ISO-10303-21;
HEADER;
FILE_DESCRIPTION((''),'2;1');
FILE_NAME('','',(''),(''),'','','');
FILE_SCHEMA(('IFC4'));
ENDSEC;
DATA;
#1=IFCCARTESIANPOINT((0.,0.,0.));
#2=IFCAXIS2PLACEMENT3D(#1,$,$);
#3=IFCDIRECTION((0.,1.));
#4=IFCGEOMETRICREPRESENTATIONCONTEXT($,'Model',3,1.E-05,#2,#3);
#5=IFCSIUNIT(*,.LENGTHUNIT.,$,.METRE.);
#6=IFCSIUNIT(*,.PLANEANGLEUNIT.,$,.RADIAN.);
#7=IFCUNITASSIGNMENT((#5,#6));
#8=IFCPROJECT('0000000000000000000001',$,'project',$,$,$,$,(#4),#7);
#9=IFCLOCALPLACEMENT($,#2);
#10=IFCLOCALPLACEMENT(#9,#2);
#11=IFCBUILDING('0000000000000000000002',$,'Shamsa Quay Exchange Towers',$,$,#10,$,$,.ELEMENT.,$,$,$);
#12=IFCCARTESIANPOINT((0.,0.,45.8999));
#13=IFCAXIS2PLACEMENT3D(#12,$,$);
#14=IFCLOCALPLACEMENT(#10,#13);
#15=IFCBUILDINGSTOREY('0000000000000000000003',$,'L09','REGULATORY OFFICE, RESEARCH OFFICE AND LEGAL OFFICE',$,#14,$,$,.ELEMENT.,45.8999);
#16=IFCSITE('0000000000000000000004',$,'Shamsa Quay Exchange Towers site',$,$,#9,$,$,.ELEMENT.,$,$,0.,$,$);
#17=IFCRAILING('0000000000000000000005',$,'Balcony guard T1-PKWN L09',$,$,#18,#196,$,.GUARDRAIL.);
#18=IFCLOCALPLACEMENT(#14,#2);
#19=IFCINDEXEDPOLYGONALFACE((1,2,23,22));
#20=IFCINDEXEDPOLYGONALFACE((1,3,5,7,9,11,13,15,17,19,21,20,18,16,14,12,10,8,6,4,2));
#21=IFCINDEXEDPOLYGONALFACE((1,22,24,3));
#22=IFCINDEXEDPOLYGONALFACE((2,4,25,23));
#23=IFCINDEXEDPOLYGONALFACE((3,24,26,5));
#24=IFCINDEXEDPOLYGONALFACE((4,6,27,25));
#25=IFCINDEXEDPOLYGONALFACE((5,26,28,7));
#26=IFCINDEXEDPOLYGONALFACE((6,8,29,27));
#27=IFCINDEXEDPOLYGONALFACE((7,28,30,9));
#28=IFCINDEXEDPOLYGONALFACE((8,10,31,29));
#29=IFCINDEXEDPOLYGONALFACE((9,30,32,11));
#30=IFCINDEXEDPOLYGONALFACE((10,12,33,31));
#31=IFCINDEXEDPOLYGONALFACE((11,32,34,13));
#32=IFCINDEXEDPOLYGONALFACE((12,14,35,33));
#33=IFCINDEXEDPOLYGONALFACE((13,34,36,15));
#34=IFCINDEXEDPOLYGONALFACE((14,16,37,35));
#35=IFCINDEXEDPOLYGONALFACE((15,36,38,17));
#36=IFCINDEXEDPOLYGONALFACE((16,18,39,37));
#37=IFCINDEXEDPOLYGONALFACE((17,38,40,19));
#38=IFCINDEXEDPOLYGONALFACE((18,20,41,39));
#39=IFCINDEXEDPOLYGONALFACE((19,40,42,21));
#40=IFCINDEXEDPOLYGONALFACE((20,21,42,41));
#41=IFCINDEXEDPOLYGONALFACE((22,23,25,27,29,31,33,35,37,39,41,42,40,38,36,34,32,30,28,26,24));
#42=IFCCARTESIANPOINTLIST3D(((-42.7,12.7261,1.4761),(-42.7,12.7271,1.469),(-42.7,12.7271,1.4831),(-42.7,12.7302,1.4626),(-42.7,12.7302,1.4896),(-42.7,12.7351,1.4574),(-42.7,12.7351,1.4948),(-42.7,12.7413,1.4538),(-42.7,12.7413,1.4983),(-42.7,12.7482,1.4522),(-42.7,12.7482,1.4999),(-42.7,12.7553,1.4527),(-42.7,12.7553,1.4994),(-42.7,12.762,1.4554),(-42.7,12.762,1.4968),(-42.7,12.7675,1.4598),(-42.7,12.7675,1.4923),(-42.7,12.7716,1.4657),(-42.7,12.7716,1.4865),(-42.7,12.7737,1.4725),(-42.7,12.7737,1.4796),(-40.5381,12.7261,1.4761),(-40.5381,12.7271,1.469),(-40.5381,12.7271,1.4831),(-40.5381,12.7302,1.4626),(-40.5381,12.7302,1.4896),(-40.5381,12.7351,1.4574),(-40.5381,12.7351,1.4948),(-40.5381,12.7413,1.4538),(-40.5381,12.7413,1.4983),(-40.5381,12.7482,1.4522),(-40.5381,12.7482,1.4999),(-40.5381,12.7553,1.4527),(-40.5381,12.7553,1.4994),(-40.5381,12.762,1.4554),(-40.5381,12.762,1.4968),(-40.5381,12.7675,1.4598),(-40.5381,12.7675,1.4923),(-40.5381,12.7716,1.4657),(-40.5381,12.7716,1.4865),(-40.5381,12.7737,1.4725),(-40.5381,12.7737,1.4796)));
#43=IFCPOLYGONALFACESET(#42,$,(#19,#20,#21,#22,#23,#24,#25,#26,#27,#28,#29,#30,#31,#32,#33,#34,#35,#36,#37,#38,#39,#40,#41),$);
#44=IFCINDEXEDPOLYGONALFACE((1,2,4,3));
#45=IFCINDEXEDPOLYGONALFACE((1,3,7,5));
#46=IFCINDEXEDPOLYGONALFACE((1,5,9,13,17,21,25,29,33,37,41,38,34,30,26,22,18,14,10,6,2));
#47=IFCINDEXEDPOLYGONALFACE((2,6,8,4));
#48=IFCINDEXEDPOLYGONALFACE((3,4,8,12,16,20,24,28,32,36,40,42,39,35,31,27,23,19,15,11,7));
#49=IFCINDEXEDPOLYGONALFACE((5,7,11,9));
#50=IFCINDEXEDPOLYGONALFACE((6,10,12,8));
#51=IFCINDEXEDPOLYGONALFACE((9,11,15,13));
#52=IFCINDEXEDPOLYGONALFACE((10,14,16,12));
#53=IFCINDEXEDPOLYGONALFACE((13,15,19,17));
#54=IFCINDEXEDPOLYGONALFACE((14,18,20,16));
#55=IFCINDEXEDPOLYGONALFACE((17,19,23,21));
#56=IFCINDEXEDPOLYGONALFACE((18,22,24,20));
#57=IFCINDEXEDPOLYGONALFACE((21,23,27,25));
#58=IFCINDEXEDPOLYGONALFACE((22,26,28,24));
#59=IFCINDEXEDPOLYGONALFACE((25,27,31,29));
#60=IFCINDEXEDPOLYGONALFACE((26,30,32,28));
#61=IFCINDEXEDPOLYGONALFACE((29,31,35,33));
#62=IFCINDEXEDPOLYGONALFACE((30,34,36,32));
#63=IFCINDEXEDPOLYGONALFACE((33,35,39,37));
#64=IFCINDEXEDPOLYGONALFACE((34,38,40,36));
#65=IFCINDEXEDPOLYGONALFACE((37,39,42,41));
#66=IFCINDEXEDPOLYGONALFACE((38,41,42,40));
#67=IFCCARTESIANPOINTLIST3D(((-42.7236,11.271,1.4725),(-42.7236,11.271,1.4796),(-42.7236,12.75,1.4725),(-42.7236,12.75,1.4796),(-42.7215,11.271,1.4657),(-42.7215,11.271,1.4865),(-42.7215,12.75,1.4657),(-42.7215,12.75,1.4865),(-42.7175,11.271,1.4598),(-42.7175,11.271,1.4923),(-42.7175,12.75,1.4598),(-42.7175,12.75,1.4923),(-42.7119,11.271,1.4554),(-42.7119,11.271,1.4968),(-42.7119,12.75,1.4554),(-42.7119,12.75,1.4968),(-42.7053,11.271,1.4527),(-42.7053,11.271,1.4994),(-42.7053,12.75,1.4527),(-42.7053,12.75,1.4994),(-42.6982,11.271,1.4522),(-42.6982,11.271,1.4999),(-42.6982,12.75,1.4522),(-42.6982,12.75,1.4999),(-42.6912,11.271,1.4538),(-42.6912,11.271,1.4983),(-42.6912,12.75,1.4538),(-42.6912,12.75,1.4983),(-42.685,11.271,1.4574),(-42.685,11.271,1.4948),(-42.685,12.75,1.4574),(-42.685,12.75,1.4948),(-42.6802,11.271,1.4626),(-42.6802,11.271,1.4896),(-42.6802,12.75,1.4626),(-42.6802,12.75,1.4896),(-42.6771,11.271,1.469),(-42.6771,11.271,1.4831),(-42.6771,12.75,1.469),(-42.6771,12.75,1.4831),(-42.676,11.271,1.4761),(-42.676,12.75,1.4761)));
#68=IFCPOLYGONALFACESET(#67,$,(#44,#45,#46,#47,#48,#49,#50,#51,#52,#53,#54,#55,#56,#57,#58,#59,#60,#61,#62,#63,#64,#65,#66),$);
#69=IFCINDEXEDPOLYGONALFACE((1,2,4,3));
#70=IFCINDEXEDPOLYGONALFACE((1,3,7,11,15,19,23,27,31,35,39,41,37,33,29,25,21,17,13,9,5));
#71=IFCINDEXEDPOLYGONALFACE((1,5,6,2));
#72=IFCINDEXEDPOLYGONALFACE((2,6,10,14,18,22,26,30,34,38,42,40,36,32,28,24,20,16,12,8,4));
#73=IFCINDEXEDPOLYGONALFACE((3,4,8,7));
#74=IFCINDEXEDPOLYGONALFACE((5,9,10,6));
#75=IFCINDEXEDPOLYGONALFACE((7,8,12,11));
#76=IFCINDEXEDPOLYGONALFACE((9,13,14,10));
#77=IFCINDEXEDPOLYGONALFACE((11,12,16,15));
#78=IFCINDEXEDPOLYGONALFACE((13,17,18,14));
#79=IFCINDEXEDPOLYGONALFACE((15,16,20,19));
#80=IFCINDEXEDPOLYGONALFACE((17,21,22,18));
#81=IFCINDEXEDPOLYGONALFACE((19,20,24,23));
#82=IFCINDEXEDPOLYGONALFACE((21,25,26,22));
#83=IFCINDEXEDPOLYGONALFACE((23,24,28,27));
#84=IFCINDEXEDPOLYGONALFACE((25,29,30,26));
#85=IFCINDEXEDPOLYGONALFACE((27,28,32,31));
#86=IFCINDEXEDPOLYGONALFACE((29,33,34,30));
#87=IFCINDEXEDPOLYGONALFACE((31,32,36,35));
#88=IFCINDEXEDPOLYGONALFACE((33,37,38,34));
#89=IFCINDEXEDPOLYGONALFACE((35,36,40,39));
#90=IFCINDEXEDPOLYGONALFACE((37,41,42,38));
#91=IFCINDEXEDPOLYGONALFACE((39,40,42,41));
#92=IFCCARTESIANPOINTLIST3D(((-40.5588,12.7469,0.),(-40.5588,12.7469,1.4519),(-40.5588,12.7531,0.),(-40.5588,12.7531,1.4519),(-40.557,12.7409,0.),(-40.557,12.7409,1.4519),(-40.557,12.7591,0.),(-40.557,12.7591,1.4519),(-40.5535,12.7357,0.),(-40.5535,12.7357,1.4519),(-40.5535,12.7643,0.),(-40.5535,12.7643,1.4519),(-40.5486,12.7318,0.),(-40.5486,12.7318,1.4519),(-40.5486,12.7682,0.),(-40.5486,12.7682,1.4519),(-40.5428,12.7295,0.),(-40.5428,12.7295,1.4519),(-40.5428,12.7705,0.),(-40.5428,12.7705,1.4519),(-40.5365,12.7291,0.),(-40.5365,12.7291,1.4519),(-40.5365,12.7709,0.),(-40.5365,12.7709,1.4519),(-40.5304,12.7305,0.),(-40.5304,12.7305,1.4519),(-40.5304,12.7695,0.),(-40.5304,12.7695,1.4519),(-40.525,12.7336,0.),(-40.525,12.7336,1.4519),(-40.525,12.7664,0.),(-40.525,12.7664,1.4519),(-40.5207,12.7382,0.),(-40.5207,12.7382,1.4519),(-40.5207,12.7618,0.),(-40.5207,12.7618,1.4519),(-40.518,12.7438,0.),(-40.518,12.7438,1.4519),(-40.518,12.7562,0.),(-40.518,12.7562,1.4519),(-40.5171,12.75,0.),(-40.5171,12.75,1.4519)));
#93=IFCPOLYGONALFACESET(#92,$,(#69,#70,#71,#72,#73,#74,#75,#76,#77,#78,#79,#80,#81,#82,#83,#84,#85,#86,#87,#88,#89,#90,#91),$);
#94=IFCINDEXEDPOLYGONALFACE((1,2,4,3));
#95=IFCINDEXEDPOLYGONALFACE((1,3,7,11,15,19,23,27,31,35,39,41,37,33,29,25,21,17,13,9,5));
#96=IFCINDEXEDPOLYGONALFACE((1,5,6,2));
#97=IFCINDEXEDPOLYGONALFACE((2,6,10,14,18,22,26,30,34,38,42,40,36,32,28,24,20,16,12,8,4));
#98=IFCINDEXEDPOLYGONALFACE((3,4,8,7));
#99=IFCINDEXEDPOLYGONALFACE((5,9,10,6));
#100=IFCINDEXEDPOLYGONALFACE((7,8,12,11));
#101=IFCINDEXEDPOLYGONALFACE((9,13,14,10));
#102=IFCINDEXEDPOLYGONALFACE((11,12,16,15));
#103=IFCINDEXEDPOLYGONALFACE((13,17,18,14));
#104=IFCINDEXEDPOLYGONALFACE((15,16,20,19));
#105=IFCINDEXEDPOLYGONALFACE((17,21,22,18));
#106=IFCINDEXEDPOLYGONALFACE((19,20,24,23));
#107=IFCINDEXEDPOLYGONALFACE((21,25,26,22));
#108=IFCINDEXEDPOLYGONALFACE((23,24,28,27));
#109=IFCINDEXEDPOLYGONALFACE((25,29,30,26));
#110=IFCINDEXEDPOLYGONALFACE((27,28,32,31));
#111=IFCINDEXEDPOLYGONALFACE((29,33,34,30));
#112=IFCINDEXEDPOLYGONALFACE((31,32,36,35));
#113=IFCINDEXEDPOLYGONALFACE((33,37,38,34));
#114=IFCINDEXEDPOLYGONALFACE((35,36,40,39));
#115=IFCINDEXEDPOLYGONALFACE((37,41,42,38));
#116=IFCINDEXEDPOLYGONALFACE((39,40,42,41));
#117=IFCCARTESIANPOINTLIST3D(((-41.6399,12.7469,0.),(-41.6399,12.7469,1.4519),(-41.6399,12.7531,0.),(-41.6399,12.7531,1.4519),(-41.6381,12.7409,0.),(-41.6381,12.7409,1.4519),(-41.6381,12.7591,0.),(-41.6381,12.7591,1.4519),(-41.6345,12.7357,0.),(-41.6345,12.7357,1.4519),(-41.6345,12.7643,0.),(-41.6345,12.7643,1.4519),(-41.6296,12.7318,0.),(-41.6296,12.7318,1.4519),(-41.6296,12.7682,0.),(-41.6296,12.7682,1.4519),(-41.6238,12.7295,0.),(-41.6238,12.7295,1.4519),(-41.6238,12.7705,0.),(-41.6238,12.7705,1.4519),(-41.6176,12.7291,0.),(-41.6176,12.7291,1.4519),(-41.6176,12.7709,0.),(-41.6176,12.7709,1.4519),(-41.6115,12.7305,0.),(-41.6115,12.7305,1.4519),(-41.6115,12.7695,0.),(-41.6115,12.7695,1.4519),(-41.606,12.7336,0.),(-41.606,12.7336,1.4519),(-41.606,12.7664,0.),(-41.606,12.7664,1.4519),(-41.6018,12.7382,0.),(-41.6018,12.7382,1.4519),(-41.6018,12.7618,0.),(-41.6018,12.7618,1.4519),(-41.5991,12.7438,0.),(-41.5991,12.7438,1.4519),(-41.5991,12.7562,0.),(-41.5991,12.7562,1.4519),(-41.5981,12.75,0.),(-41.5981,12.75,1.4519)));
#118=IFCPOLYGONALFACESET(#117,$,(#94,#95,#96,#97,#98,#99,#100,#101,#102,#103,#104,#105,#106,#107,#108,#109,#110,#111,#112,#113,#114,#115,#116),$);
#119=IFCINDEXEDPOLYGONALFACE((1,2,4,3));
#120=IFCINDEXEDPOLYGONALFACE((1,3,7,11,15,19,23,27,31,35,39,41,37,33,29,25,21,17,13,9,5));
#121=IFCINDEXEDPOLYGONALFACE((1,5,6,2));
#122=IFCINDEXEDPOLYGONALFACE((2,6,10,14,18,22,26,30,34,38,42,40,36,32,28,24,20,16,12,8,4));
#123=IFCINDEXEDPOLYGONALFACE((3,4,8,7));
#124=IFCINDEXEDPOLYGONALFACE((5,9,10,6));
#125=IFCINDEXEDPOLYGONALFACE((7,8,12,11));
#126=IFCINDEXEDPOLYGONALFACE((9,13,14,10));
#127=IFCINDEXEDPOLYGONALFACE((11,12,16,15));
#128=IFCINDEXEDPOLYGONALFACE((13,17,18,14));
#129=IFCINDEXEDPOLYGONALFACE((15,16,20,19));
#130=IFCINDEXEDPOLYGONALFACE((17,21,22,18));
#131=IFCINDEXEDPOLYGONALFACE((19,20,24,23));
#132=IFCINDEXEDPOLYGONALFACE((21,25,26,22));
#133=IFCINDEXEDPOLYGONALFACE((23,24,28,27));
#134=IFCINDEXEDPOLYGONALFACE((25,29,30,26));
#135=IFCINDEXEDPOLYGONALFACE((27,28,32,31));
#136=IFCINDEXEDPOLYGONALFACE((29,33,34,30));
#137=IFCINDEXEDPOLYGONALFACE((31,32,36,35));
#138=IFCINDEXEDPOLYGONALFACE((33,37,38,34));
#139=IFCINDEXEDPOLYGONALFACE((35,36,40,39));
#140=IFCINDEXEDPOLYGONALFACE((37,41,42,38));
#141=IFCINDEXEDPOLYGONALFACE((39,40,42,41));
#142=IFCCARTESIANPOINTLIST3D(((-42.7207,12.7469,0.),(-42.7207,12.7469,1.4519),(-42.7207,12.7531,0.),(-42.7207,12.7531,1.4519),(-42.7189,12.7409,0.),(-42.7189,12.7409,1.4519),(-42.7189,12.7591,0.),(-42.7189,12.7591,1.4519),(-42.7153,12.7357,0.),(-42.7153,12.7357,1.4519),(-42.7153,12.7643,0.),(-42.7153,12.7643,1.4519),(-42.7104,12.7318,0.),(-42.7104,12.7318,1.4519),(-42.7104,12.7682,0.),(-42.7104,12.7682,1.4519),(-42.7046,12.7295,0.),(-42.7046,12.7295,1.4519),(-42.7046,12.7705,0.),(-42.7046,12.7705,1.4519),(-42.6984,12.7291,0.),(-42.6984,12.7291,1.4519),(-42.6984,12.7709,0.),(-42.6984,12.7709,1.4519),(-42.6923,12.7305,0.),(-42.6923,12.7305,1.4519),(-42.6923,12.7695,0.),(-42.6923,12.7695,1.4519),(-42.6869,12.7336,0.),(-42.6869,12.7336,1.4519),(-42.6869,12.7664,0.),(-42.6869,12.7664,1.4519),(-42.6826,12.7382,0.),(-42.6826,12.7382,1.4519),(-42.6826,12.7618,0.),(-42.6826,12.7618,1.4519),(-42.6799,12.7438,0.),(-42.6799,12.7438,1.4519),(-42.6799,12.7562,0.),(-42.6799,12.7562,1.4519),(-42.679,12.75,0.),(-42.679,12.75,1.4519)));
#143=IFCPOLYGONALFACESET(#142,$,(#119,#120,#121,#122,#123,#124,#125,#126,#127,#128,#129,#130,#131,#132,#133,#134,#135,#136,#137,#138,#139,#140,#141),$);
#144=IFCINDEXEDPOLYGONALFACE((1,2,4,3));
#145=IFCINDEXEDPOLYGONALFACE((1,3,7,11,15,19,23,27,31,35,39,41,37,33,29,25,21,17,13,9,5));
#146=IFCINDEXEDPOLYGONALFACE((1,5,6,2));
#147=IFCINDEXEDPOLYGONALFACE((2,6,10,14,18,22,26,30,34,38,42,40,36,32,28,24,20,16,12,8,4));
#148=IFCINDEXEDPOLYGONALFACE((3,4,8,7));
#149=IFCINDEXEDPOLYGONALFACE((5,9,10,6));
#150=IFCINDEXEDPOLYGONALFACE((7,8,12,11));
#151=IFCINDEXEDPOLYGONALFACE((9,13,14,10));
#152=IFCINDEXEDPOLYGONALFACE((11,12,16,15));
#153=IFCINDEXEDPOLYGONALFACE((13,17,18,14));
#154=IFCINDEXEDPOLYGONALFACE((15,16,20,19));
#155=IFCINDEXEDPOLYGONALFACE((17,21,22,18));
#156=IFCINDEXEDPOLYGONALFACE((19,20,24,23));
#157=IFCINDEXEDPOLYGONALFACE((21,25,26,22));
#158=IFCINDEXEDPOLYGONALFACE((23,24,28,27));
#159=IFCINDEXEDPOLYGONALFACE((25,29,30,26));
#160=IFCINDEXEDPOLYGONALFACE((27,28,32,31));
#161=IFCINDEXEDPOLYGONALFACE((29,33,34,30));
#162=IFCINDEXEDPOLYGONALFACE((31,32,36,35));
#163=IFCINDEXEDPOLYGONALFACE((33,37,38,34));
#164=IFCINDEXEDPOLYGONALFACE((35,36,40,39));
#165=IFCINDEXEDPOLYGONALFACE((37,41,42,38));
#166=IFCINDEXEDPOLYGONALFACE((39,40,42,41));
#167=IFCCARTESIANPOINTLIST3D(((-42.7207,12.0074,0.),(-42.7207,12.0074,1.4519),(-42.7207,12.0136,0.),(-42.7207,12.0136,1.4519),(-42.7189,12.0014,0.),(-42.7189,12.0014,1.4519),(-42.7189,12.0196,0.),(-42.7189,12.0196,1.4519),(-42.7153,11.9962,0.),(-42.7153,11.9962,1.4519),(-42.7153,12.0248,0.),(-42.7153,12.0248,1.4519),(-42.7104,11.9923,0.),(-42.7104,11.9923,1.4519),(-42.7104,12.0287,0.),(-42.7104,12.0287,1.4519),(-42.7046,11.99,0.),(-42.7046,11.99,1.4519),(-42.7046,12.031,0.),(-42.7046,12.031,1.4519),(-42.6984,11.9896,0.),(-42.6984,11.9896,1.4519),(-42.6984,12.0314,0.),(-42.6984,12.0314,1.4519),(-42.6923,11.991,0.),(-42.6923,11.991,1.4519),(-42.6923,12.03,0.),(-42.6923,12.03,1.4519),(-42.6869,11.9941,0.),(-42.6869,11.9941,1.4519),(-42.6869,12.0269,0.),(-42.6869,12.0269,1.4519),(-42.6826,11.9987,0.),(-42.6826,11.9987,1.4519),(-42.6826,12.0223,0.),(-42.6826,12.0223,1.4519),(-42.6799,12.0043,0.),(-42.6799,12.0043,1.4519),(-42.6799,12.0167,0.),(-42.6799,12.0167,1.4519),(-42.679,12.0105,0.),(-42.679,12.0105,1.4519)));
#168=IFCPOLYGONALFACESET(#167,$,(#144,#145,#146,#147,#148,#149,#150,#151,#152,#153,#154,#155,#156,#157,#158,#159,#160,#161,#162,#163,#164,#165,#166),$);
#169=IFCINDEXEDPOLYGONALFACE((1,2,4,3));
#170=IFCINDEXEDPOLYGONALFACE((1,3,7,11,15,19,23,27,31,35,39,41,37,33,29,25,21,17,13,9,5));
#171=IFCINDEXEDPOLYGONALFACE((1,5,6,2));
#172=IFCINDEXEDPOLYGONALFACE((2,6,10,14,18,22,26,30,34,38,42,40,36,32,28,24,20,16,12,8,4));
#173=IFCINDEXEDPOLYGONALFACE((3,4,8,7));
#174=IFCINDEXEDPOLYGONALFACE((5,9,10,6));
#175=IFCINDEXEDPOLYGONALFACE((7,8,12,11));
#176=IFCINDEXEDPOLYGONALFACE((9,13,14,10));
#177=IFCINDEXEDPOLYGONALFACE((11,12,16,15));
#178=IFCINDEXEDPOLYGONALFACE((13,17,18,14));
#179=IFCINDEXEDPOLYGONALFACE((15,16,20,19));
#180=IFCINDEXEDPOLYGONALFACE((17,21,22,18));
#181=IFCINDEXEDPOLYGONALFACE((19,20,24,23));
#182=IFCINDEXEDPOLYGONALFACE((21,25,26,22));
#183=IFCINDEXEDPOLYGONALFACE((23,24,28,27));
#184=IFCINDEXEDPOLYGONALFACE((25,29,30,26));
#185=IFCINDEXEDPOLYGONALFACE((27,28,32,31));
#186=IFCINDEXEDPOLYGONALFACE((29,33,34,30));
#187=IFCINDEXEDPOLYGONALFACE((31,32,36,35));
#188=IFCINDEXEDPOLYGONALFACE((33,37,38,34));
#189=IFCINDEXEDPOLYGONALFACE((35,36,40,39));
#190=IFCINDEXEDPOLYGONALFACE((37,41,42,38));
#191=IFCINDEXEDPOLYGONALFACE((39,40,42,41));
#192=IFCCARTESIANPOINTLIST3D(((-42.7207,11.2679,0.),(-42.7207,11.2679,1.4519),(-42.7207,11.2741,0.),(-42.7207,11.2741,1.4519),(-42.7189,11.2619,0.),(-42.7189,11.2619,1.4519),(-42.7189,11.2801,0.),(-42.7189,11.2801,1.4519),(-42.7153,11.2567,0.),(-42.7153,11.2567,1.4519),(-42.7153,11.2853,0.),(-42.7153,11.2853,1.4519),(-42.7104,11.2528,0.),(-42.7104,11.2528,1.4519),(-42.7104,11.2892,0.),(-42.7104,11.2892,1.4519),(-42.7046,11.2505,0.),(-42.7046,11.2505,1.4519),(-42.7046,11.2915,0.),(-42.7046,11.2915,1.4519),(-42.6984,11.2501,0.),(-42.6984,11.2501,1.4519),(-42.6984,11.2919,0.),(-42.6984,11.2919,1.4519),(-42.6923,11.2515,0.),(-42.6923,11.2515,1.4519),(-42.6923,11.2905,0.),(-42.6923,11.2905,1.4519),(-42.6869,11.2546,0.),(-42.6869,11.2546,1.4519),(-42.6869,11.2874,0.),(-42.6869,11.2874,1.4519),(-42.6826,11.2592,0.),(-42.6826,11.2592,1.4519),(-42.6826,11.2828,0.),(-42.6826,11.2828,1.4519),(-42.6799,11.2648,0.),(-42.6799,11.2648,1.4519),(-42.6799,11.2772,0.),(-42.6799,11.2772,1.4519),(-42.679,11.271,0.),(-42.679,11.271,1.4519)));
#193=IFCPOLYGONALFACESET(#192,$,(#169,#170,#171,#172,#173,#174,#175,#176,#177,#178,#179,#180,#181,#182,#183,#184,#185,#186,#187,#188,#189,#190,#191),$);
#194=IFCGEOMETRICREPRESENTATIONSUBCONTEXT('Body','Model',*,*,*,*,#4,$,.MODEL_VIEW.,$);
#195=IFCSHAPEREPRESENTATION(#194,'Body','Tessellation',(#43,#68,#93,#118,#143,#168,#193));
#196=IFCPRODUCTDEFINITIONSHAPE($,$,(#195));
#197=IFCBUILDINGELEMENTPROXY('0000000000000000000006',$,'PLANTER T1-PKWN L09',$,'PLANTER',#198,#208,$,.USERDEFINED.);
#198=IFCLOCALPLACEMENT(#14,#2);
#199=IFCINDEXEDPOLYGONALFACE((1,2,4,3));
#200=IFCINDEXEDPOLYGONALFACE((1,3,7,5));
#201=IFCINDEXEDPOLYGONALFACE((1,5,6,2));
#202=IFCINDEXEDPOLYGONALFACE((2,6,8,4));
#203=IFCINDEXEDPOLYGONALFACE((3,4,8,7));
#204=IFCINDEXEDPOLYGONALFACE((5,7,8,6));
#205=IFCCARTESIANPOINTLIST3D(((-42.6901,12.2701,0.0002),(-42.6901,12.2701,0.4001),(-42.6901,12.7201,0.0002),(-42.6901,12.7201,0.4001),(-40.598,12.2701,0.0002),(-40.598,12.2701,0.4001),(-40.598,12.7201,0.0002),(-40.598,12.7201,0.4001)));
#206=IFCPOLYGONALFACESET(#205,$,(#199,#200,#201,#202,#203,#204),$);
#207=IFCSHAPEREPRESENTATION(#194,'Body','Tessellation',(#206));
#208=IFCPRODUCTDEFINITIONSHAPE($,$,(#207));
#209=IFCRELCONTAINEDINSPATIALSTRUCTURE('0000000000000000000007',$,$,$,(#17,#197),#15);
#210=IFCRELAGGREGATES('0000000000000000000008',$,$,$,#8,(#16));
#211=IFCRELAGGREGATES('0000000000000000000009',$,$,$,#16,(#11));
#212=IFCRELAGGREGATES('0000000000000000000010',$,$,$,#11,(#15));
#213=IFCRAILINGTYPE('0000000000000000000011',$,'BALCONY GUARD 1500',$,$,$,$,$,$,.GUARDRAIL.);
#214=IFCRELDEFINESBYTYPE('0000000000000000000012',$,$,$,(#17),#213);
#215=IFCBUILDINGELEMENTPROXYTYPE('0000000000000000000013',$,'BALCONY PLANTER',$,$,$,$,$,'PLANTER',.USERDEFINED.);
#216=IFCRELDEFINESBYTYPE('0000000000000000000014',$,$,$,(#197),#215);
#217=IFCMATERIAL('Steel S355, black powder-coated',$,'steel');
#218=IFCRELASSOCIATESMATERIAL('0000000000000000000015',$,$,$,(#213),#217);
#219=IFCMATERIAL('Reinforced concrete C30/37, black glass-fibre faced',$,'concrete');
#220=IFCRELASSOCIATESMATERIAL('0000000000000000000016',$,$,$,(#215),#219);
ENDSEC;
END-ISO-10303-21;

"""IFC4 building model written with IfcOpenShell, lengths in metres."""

from ifc_helpers import new_model, si_unit, direction, frame, origin, origin_2d, place, context, subcontext, project, spatial, rectangle, circle, extrude, material, type_object, element, save


model = new_model("IFC4")

# Units and contexts
model_context = context("Model", 3, precision=1e-05, world=origin(), true_north=direction((0.0, 1.0)))
body_context = subcontext(model_context, "Body", "Model", "MODEL_VIEW")
ifc_project = project(units=[si_unit("LENGTHUNIT", "METRE"), si_unit("PLANEANGLEUNIT", "RADIAN")], contexts=[model_context])

# Site, building, storey
site_placement = place(None, origin())
site = spatial("IfcSite", under=ifc_project, at=site_placement, Name="Shamsa Quay Exchange Towers site", CompositionType="ELEMENT", RefElevation=0.0)
building_placement = place(site_placement, origin())
building = spatial("IfcBuilding", under=site, at=building_placement, Name="Shamsa Quay Exchange Towers", CompositionType="ELEMENT")
storey_placement = place(building_placement, frame((0.0, 0.0, 45.8999)))
storey = spatial("IfcBuildingStorey", under=building, at=storey_placement, Name="L09", Description="REGULATORY OFFICE, RESEARCH OFFICE AND LEGAL OFFICE", CompositionType="ELEMENT", Elevation=45.8999)

# Railing
ifc_material_1 = material(Name="Steel S355, black powder-coated", Category="steel")
railing_type_1 = type_object("IfcRailingType", Name="BALCONY GUARD 1500", PredefinedType="GUARDRAIL", material=ifc_material_1)
railing_1_placement = place(storey_placement, frame((-40.5381, 12.75, 0.0)))
element("IfcRailing", 1, at=railing_1_placement, inside=storey, type_object=railing_type_1, Name="Balcony guard T1-PKWN L09", PredefinedType="GUARDRAIL", context=body_context, shape_type="SweptSolid", body=[
    extrude(circle(Radius=0.0239, at=origin_2d()), frame((0.0, 0.0, 1.4761), z_axis=(-1.0, 0.0, 0.0), x_axis=(0.0, -1.0, 0.0)), (0.0, 0.0, 1.0), 2.1619),
    extrude(circle(Radius=0.0239, at=origin_2d()), frame((-2.1619, 0.0, 1.4761), z_axis=(0.0, -1.0, 0.0), x_axis=(1.0, 0.0, 0.0)), (0.0, 0.0, 1.0), 1.479),
    extrude(circle(Radius=0.021, at=origin_2d()), origin(), (0.0, 0.0, 1.0), 1.4519),
    extrude(circle(Radius=0.021, at=origin_2d()), frame((-1.0811, 0.0, 0.0)), (0.0, 0.0, 1.0), 1.4519),
    extrude(circle(Radius=0.021, at=origin_2d()), frame((-2.1619, 0.0, 0.0)), (0.0, 0.0, 1.0), 1.4519),
    extrude(circle(Radius=0.021, at=origin_2d()), frame((-2.1619, -0.7395, 0.0)), (0.0, 0.0, 1.0), 1.4519),
    extrude(circle(Radius=0.021, at=origin_2d()), frame((-2.1619, -1.479, 0.0)), (0.0, 0.0, 1.0), 1.4519),
])

# Building element proxy
ifc_material_2 = material(Name="Reinforced concrete C30/37, black glass-fibre faced", Category="concrete")
building_element_proxy_type = type_object("IfcBuildingElementProxyType", Name="BALCONY PLANTER", ElementType="PLANTER", PredefinedType="USERDEFINED", material=ifc_material_2)
proxy_placement = place(storey_placement, frame((-41.644, 12.4951, 0.0002), z_axis=(0.0, 0.0, 1.0), x_axis=(-1.0, 0.0, 0.0)))
element("IfcBuildingElementProxy", 2, at=proxy_placement, inside=storey, type_object=building_element_proxy_type, Name="PLANTER T1-PKWN L09", ObjectType="PLANTER", PredefinedType="USERDEFINED", context=body_context, shape_type="SweptSolid", body=[
    extrude(rectangle(XDim=2.092, YDim=0.45, at=origin_2d()), origin(), (0.0, 0.0, 1.0), 0.3999),
])

save(model, "model.ifc")
